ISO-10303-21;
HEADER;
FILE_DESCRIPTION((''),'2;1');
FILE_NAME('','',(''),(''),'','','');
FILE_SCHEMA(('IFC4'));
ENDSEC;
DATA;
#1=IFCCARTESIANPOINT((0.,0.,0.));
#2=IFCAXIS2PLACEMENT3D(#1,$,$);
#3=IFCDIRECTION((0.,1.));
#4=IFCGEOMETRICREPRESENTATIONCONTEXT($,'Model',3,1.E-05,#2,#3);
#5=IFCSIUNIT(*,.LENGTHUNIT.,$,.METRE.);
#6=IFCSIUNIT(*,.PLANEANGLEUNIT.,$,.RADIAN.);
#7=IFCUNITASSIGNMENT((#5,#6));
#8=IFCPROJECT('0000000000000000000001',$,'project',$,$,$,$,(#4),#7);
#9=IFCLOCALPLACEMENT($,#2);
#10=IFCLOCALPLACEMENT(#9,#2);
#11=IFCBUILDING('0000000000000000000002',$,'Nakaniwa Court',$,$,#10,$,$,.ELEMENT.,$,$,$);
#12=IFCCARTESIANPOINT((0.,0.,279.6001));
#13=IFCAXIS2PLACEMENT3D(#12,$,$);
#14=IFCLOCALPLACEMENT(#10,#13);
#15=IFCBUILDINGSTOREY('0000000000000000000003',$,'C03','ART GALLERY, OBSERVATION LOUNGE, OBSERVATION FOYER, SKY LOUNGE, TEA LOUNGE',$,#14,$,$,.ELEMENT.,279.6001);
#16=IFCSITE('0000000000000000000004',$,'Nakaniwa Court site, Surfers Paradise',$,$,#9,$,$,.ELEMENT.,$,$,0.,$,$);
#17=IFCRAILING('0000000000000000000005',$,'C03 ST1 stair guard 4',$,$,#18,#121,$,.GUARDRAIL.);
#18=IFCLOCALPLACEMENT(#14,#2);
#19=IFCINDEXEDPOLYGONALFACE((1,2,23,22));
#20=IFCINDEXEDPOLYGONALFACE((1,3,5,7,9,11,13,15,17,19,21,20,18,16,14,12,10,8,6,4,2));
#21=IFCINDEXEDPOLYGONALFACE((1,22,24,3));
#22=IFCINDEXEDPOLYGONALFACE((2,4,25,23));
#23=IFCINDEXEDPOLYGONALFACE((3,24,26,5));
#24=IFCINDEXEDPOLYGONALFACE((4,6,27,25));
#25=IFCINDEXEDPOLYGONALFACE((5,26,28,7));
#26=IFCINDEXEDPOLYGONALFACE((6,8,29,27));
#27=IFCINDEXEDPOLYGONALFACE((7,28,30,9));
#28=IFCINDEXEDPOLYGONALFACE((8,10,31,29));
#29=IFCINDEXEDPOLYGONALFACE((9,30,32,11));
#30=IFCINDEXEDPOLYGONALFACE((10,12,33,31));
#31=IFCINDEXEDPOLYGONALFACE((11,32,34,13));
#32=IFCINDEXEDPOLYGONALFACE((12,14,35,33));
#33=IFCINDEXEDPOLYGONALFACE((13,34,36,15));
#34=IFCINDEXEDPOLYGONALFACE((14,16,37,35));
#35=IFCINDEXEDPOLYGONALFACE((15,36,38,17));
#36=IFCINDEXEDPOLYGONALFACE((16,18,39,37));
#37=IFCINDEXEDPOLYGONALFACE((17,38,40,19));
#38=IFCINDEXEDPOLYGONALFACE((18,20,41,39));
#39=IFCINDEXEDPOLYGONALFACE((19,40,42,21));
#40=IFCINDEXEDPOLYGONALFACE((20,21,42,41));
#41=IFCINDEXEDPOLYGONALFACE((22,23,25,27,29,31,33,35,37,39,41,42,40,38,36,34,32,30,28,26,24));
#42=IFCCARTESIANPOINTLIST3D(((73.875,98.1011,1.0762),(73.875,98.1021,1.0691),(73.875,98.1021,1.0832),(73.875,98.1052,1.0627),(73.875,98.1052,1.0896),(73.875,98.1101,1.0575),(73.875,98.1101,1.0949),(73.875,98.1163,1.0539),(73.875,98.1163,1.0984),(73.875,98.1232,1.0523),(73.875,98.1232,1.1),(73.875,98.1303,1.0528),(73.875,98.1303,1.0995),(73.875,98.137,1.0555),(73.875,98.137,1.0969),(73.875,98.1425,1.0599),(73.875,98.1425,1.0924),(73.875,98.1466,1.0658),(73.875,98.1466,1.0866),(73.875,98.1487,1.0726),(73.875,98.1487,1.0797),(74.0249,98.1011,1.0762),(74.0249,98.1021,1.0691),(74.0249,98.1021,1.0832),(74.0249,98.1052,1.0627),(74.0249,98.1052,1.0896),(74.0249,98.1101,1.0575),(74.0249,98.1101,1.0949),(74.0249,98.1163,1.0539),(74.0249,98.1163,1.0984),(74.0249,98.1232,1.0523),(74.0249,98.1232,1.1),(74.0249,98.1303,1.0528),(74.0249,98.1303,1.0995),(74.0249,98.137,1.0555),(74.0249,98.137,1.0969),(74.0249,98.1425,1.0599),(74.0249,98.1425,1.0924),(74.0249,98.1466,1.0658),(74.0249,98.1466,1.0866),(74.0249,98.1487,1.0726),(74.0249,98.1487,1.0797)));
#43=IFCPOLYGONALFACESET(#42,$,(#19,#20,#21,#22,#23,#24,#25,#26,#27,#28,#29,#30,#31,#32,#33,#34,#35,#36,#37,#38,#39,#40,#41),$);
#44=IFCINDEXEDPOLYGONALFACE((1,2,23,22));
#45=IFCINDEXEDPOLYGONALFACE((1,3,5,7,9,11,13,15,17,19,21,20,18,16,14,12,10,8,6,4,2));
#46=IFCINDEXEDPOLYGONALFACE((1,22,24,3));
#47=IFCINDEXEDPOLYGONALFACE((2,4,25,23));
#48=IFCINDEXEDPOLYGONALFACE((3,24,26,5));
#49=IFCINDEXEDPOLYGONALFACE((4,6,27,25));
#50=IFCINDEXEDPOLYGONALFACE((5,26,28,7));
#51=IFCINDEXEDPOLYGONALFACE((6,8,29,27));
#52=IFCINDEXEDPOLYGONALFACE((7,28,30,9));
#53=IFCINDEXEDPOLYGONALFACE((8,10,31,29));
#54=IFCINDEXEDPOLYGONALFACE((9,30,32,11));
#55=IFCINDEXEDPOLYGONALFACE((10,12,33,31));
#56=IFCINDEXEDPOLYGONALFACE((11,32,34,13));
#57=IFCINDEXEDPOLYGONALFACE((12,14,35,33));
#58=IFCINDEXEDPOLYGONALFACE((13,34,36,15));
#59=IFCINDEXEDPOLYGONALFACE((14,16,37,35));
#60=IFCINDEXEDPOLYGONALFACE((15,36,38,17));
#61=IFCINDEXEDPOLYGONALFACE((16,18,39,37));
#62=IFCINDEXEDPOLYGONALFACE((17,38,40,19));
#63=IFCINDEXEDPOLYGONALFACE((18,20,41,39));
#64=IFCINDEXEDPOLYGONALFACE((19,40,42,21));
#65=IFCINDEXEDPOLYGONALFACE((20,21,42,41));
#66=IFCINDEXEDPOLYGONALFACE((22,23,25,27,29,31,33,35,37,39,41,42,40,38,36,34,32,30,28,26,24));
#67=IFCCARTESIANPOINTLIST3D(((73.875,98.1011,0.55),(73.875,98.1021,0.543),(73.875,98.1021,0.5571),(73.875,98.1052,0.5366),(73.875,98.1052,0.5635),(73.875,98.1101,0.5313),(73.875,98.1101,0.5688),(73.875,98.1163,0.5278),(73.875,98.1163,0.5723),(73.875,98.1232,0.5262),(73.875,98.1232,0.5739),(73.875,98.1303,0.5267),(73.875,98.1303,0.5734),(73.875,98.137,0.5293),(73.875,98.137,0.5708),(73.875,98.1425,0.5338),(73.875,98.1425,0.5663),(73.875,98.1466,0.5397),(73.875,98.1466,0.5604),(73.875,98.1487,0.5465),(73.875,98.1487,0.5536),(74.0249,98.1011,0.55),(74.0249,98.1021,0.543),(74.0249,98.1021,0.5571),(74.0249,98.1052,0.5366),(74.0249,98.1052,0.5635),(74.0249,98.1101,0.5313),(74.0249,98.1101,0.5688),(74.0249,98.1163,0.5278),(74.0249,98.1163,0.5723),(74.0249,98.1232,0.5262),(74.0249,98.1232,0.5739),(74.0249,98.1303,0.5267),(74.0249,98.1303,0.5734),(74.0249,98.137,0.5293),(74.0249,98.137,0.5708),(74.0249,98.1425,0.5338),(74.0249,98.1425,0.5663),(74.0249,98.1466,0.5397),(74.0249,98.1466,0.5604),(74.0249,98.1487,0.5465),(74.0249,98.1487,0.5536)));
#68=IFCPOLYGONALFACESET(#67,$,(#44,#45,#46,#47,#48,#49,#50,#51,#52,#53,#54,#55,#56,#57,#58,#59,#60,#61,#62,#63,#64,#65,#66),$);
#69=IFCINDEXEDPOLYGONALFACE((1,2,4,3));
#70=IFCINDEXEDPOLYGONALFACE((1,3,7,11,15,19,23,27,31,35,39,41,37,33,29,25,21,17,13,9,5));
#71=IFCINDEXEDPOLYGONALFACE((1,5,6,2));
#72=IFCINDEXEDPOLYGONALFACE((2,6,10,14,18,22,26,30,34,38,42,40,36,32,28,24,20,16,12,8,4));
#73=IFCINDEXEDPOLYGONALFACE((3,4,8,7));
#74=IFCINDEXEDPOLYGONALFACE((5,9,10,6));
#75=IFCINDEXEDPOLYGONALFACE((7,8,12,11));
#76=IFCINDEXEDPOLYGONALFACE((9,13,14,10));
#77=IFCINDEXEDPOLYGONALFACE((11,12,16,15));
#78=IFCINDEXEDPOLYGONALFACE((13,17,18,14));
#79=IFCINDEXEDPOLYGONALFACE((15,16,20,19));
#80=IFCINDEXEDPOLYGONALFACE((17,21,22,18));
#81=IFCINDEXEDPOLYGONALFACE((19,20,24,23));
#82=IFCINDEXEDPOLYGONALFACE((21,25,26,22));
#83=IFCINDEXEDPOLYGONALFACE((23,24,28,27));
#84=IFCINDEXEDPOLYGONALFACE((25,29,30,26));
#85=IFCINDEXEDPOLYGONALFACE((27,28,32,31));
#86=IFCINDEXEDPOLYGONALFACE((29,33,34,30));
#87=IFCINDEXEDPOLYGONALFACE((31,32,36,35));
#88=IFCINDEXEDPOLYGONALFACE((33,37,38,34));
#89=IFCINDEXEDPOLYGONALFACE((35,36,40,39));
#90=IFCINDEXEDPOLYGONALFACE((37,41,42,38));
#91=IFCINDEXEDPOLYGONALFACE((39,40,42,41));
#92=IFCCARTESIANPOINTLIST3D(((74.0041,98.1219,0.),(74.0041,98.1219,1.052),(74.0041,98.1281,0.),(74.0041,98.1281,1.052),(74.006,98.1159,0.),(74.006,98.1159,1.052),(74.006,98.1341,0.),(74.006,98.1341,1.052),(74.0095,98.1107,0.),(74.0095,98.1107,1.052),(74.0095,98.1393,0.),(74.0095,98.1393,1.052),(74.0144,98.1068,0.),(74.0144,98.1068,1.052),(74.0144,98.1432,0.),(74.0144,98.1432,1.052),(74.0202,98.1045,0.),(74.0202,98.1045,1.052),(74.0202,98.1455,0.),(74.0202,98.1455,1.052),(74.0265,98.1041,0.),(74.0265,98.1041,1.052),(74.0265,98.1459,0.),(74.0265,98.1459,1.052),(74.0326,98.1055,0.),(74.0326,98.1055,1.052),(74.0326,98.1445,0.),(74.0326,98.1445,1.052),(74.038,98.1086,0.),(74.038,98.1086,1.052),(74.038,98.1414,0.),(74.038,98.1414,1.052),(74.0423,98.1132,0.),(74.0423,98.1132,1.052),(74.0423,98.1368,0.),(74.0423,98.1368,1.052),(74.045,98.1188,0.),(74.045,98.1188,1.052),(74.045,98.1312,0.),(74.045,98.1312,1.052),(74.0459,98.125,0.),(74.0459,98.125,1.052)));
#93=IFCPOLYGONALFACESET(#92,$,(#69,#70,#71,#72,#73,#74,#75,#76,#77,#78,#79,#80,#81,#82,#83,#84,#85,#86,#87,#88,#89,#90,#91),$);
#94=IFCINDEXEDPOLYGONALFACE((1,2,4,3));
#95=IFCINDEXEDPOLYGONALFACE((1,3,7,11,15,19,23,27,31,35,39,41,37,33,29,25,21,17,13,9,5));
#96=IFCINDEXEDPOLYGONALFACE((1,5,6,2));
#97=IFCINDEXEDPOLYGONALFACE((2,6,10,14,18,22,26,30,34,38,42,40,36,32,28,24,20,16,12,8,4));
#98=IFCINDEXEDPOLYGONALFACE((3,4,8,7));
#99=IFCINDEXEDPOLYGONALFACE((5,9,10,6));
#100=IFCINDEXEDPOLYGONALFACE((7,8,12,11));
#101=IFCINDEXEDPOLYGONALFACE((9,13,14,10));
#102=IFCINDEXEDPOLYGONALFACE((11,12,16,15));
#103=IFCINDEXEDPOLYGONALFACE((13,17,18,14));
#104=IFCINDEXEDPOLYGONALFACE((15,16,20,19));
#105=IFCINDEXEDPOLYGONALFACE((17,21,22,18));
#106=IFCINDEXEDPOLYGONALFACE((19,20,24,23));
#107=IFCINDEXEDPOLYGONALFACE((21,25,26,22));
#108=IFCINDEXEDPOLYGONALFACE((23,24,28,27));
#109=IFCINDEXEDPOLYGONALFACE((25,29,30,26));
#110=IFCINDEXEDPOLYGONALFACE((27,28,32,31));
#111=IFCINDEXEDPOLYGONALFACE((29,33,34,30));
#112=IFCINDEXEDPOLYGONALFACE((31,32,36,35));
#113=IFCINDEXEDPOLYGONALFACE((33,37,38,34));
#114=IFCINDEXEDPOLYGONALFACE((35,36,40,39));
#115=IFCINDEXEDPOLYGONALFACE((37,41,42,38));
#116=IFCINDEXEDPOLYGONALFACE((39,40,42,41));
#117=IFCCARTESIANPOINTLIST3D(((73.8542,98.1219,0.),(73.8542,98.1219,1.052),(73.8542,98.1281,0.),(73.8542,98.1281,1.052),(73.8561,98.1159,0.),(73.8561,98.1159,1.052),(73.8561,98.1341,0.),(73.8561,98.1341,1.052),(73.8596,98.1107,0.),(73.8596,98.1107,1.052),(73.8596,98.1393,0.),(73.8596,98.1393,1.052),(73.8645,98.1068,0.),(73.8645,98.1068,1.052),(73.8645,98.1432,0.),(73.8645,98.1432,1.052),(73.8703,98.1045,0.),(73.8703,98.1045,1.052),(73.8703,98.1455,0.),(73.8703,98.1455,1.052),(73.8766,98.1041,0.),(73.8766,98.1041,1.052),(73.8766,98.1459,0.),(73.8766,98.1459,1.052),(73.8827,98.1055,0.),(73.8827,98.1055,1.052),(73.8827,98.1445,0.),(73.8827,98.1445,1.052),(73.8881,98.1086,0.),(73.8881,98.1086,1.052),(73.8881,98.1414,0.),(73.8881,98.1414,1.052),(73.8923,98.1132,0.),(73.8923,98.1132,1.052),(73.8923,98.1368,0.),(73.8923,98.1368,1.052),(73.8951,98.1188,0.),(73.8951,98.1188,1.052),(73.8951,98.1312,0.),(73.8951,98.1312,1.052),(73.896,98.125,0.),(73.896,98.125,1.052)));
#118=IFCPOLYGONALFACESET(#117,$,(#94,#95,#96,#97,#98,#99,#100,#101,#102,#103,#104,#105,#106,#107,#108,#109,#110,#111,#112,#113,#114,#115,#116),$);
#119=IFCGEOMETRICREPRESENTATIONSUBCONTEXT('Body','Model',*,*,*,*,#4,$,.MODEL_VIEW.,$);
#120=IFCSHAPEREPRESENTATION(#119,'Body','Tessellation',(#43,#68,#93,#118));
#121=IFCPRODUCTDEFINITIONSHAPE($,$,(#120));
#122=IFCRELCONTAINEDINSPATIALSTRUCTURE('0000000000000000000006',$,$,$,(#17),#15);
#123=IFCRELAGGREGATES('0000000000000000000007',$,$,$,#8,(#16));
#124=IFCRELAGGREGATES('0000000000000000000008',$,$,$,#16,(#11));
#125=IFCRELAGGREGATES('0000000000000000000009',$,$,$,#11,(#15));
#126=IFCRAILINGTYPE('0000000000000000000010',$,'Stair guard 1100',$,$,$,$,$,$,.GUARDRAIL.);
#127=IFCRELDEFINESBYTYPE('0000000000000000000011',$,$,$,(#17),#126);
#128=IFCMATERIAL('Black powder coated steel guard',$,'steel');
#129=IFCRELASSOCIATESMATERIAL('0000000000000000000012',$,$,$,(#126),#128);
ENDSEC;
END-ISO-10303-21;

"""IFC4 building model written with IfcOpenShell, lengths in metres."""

from ifc_helpers import new_model, si_unit, direction, frame, origin, origin_2d, place, context, subcontext, project, spatial, circle, extrude, material, type_object, element, save


model = new_model("IFC4")

# Units and contexts
model_context = context("Model", 3, precision=1e-05, world=origin(), true_north=direction((0.0, 1.0)))
body_context = subcontext(model_context, "Body", "Model", "MODEL_VIEW")
ifc_project = project(units=[si_unit("LENGTHUNIT", "METRE"), si_unit("PLANEANGLEUNIT", "RADIAN")], contexts=[model_context])

# Site, building, storey
site_placement = place(None, origin())
site = spatial("IfcSite", under=ifc_project, at=site_placement, Name="Nakaniwa Court site, Surfers Paradise", CompositionType="ELEMENT", RefElevation=0.0)
building_placement = place(site_placement, origin())
building = spatial("IfcBuilding", under=site, at=building_placement, Name="Nakaniwa Court", CompositionType="ELEMENT")
storey_placement = place(building_placement, frame((0.0, 0.0, 279.6001)))
storey = spatial("IfcBuildingStorey", under=building, at=storey_placement, Name="C03", Description="ART GALLERY, OBSERVATION LOUNGE, OBSERVATION FOYER, SKY LOUNGE, TEA LOUNGE", CompositionType="ELEMENT", Elevation=279.6001)

# Railing
ifc_material_1 = material(Name="Black powder coated steel guard", Category="steel")
railing_type_1 = type_object("IfcRailingType", Name="Stair guard 1100", PredefinedType="GUARDRAIL", material=ifc_material_1)
railing_1_placement = place(storey_placement, frame((74.0249, 98.125, 0.0)))
element("IfcRailing", 1, at=railing_1_placement, inside=storey, type_object=railing_type_1, Name="C03 ST1 stair guard 4", PredefinedType="GUARDRAIL", context=body_context, shape_type="SweptSolid", body=[
    extrude(circle(Radius=0.0239, at=origin_2d()), frame((0.0, 0.0, 1.0762), z_axis=(-1.0, 0.0, 0.0), x_axis=(0.0, -1.0, 0.0)), (0.0, 0.0, 1.0), 0.1499),
    extrude(circle(Radius=0.0239, at=origin_2d()), frame((0.0, 0.0, 0.55), z_axis=(-1.0, 0.0, 0.0), x_axis=(0.0, -1.0, 0.0)), (0.0, 0.0, 1.0), 0.1499),
    extrude(circle(Radius=0.021, at=origin_2d()), origin(), (0.0, 0.0, 1.0), 1.052),
    extrude(circle(Radius=0.021, at=origin_2d()), frame((-0.1499, 0.0, 0.0)), (0.0, 0.0, 1.0), 1.052),
])

save(model, "model.ifc")
